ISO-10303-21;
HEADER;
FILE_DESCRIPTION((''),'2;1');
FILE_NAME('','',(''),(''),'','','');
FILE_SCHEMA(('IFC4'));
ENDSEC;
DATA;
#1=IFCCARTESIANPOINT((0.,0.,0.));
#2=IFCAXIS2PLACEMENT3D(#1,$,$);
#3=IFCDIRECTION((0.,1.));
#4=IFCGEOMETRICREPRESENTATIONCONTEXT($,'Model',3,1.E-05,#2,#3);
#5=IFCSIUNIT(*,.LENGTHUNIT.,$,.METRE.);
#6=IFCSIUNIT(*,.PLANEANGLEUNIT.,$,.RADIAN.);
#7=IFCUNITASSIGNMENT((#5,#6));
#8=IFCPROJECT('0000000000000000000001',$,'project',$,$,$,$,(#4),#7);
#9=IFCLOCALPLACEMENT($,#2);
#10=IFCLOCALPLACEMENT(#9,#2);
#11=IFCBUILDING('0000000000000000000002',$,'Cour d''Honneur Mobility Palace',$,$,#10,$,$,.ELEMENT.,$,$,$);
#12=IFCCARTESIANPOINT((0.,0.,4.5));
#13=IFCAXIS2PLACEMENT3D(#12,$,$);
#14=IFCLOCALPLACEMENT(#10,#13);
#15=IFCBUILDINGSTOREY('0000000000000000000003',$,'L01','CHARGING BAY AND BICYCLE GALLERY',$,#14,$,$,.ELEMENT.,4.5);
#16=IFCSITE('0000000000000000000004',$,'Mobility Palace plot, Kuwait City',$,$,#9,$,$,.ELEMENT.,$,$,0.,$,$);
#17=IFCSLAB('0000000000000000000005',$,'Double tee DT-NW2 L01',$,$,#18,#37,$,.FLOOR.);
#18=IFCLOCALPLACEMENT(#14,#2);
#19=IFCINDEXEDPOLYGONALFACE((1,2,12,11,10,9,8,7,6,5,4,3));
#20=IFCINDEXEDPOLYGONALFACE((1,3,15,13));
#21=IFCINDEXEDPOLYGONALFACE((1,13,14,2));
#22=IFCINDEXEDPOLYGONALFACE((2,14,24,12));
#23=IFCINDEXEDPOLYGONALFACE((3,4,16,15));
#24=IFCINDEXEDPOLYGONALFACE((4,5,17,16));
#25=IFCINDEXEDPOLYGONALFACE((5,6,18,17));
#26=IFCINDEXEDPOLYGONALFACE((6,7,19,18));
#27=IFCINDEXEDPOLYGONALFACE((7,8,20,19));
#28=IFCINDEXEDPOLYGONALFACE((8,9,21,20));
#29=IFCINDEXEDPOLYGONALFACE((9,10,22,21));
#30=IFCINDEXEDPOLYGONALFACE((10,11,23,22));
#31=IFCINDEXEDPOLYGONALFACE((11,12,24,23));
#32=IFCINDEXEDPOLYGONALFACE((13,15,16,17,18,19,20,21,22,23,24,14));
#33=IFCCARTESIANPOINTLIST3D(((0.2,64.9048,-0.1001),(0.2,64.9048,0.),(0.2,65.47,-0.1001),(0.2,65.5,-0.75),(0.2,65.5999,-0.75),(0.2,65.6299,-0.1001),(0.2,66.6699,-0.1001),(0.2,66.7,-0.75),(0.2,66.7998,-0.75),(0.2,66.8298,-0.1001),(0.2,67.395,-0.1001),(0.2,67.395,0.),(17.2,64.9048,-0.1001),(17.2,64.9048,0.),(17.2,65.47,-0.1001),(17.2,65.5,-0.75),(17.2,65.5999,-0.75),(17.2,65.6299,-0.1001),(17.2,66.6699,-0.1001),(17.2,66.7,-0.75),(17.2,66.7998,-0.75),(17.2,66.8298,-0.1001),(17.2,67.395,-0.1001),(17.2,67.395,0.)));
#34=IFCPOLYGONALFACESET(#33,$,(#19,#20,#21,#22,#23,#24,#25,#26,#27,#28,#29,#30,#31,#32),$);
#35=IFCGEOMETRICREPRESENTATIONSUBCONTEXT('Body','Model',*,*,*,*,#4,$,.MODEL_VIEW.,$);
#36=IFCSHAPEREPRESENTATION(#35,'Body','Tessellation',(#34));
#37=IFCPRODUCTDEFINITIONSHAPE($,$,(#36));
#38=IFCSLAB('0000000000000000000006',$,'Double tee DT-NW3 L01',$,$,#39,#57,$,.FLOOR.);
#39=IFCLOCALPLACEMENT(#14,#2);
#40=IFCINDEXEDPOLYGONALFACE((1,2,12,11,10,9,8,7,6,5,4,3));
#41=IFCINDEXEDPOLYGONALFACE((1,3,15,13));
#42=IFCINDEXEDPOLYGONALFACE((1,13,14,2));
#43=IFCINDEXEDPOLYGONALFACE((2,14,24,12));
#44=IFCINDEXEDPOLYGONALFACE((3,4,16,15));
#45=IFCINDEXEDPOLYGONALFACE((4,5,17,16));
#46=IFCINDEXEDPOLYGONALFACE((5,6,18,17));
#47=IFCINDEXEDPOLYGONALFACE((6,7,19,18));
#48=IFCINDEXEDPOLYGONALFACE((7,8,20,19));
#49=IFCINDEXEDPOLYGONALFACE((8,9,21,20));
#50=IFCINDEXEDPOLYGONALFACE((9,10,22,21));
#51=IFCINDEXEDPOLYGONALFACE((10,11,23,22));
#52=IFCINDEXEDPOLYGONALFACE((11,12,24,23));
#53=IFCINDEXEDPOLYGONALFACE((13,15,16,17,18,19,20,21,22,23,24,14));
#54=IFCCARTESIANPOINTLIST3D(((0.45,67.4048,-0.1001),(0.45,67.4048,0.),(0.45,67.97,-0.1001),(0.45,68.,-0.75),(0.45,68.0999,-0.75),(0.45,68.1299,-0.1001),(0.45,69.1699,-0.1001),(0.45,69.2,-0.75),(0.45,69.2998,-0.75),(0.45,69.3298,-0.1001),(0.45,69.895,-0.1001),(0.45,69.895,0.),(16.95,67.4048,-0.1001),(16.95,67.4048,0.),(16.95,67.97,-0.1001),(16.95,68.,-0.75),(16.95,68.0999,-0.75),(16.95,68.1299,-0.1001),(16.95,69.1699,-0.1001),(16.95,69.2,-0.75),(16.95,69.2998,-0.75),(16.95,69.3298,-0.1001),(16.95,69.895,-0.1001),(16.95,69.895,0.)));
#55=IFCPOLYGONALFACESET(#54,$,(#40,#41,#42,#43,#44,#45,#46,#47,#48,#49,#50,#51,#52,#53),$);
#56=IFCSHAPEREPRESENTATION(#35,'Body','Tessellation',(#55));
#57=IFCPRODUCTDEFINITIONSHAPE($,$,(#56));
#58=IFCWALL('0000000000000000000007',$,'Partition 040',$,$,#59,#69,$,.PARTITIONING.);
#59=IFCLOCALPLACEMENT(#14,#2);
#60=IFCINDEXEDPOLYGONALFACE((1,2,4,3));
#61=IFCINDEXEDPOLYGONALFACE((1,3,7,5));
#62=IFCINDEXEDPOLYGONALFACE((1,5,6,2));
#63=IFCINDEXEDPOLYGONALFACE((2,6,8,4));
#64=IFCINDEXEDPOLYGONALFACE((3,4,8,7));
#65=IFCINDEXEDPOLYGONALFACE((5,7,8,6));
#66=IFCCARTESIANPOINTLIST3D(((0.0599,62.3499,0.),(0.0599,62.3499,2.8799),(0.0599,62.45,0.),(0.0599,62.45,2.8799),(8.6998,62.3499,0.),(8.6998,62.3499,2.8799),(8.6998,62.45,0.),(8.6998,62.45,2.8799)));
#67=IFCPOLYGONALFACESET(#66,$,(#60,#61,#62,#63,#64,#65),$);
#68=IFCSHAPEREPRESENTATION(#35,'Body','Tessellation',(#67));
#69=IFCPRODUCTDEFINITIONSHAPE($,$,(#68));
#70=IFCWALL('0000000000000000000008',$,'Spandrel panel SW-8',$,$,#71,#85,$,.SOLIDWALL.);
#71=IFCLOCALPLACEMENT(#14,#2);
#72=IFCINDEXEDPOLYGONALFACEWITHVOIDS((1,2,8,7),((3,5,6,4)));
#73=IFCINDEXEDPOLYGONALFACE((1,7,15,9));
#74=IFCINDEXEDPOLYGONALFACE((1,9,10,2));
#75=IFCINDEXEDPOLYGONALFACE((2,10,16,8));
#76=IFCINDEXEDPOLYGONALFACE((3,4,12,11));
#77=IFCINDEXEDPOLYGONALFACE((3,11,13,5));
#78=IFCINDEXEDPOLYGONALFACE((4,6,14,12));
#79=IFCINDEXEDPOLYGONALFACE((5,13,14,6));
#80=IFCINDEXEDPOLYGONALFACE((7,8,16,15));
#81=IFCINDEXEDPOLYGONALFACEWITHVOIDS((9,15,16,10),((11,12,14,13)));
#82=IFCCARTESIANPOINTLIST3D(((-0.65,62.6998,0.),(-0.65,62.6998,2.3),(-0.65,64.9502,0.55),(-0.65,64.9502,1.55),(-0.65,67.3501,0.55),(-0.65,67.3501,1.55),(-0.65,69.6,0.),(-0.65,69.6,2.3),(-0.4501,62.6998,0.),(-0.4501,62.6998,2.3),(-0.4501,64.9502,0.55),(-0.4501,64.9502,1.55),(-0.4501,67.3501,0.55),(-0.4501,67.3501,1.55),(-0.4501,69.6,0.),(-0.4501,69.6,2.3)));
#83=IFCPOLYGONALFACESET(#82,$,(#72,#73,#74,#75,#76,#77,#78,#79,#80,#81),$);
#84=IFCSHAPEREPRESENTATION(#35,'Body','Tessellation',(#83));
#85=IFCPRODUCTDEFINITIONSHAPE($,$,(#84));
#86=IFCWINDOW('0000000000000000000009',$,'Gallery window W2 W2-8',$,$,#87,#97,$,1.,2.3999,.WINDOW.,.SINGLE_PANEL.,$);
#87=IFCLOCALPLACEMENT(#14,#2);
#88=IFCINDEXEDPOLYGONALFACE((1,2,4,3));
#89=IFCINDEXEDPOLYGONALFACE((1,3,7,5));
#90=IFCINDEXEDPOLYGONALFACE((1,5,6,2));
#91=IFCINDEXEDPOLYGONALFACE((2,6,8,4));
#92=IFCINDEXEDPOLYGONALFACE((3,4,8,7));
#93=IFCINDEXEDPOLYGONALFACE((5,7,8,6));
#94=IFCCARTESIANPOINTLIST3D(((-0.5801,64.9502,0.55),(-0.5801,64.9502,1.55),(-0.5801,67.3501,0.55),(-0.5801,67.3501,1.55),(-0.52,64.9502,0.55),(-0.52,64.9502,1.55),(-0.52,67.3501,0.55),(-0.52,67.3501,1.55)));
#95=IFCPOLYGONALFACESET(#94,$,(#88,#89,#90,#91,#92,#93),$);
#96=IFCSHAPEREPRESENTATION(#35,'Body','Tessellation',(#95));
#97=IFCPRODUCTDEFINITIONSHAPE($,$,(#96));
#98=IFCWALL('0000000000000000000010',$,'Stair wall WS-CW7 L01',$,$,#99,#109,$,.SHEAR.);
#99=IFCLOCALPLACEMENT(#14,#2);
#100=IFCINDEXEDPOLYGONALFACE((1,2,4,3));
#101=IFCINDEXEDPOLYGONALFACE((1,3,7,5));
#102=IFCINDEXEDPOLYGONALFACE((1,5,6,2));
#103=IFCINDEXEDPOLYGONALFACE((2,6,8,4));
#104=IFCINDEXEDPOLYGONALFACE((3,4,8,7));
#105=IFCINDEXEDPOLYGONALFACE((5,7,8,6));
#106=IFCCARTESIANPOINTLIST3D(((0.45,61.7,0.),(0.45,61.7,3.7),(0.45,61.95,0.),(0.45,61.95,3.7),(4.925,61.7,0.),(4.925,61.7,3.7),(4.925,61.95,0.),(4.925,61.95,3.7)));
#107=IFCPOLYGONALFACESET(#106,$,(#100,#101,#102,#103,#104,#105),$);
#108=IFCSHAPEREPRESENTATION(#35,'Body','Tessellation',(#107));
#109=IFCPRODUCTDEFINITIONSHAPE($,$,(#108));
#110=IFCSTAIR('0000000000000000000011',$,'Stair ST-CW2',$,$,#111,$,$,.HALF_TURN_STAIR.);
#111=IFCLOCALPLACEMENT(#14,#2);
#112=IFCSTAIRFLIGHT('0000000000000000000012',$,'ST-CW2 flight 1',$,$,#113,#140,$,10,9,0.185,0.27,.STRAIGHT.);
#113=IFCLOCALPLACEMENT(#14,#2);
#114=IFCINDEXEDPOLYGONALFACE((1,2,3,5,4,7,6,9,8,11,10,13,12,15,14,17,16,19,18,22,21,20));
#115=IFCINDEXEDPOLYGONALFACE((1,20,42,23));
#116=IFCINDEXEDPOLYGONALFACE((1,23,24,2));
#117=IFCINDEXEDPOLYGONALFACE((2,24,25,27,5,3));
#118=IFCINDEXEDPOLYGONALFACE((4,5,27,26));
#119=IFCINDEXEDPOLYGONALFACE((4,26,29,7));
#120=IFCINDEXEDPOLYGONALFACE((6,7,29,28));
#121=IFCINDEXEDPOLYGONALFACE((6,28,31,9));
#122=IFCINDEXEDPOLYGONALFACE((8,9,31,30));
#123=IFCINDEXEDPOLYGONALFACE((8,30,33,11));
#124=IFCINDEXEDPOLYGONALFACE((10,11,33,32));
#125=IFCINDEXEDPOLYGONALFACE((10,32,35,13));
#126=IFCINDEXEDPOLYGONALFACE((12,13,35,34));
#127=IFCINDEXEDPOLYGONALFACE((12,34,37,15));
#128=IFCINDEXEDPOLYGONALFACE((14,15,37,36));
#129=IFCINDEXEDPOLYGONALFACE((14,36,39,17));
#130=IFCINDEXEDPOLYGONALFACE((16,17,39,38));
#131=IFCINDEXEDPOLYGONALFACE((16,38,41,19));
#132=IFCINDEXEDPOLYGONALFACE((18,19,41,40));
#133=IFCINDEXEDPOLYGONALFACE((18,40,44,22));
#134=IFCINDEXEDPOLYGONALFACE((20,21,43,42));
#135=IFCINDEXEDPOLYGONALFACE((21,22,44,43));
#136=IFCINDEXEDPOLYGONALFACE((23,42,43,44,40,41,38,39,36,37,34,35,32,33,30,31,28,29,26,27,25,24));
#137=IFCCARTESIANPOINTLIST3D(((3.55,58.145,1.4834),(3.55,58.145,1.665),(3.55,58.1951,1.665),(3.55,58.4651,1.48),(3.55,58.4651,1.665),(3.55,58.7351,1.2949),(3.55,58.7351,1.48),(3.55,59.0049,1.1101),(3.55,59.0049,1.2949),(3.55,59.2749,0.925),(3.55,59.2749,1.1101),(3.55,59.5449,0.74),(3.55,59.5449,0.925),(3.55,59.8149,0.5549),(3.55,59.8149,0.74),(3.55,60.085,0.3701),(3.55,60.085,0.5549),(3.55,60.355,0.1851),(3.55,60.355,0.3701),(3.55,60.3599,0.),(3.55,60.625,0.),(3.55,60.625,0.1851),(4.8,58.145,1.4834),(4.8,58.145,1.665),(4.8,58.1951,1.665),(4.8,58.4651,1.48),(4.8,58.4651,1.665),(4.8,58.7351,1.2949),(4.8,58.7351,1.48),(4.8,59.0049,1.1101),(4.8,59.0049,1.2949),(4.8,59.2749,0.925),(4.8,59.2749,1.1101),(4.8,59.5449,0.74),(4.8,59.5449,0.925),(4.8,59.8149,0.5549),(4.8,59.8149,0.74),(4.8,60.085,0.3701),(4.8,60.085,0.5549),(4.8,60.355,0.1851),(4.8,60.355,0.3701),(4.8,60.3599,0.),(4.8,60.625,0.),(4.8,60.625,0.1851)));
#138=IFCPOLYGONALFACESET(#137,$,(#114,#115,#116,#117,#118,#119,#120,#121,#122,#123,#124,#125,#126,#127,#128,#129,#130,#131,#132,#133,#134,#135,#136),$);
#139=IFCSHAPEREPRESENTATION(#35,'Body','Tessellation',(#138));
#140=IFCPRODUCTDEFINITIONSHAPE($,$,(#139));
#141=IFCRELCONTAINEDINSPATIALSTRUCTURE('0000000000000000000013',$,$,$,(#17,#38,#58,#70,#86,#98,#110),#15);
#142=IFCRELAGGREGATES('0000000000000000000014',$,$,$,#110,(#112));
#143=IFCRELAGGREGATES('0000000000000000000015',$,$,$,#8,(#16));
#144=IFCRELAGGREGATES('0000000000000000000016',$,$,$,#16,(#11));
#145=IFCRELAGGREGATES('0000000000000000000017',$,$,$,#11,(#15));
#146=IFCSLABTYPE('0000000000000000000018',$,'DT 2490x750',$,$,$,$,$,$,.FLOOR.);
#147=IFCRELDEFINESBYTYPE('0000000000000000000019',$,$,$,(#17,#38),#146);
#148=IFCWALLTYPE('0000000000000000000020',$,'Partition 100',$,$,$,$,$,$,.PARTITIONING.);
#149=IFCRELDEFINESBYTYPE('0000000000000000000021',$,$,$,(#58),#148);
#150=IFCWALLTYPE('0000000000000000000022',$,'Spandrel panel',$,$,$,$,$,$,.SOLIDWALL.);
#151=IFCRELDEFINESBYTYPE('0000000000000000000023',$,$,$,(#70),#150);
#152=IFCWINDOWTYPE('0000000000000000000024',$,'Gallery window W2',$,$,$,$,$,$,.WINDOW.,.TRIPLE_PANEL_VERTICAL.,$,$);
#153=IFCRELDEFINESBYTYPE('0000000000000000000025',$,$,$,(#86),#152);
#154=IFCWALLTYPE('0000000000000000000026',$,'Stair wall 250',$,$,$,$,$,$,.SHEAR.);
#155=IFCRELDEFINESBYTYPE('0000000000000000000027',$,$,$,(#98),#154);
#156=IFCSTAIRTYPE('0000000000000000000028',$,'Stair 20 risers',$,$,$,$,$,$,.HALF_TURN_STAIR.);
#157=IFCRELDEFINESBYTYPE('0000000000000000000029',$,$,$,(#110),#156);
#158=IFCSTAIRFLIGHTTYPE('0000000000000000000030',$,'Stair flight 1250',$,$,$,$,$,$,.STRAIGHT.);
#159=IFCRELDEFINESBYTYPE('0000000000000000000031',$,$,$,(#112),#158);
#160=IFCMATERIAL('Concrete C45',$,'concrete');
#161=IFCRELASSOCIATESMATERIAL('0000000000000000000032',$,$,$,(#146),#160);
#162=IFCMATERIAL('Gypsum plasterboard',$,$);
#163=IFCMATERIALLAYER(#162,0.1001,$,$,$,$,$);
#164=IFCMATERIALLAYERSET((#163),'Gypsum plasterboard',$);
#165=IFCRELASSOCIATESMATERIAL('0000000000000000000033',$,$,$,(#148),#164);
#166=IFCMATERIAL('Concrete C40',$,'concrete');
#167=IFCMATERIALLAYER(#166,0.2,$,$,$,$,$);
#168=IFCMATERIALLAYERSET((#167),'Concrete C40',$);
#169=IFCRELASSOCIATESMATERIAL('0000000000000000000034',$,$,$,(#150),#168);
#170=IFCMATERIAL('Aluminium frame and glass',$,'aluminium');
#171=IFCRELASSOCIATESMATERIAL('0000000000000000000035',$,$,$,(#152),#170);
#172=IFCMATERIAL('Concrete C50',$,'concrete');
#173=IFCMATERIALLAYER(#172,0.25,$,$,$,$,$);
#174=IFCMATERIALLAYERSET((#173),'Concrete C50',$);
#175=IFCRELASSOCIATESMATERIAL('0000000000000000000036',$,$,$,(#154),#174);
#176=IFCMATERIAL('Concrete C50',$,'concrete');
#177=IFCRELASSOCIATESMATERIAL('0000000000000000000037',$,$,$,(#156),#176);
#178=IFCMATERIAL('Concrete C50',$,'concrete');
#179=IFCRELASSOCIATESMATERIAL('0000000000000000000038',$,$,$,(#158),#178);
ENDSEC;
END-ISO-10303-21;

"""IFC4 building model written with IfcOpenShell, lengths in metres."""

from ifc_helpers import new_model, si_unit, direction, frame, frame_2d, origin, place, context, subcontext, project, spatial, polyline, rectangle, outline, extrude, material, layer, layer_set, material_profile, profile_set, type_object, element, fill, aggregate, save


model = new_model("IFC4")

# Units and contexts
model_context = context("Model", 3, precision=1e-05, world=origin(), true_north=direction((0.0, 1.0)))
body_context = subcontext(model_context, "Body", "Model", "MODEL_VIEW")
ifc_project = project(units=[si_unit("LENGTHUNIT", "METRE"), si_unit("PLANEANGLEUNIT", "RADIAN")], contexts=[model_context])

# Site, building, storey
site_placement = place(None, origin())
site = spatial("IfcSite", under=ifc_project, at=site_placement, Name="Mobility Palace plot, Kuwait City", CompositionType="ELEMENT", RefElevation=0.0)
building_placement = place(site_placement, origin())
building = spatial("IfcBuilding", under=site, at=building_placement, Name="Cour d'Honneur Mobility Palace", CompositionType="ELEMENT")
storey_placement = place(building_placement, frame((0.0, 0.0, 4.5)))
storey = spatial("IfcBuildingStorey", under=building, at=storey_placement, Name="L01", Description="CHARGING BAY AND BICYCLE GALLERY", CompositionType="ELEMENT", Elevation=4.5)

# Slabs
ifc_material_1 = material(Name="Concrete C45", Category="concrete")
ifc_material_profile_1 = material_profile(ifc_material_1, outline(polyline([(-1.2451, 0.0), (1.2451, 0.0), (1.2451, -0.1001), (0.6799, -0.1001), (0.6499, -0.75), (0.55, -0.75), (0.52, -0.1001), (-0.52, -0.1001), (-0.55, -0.75), (-0.6499, -0.75), (-0.6799, -0.1001), (-1.2451, -0.1001), (-1.2451, 0.0)])), Name="DT 2490x750")
ifc_profile_set_1 = profile_set([ifc_material_profile_1], Name="Concrete C45")
slab_type = type_object("IfcSlabType", Name="DT 2490x750", PredefinedType="FLOOR", material=ifc_profile_set_1)
slab_1_placement = place(storey_placement, frame((0.2, 66.1499, 0.0), z_axis=(1.0, 0.0, 0.0), x_axis=(0.0, 1.0, 0.0)))
element("IfcSlab", 1, at=slab_1_placement, inside=storey, type_object=slab_type, Name="Double tee DT-NW2 L01", PredefinedType="FLOOR", context=body_context, shape_type="SweptSolid", body=[
    extrude(outline(polyline([(-1.2451, 0.0), (1.2451, 0.0), (1.2451, -0.1001), (0.6799, -0.1001), (0.6499, -0.75), (0.55, -0.75), (0.52, -0.1001), (-0.52, -0.1001), (-0.55, -0.75), (-0.6499, -0.75), (-0.6799, -0.1001), (-1.2451, -0.1001), (-1.2451, 0.0)])), origin(), (0.0, 0.0, 1.0), 17.0),
])
slab_2_placement = place(storey_placement, frame((0.45, 68.6499, 0.0), z_axis=(1.0, 0.0, 0.0), x_axis=(0.0, 1.0, 0.0)))
element("IfcSlab", 2, at=slab_2_placement, inside=storey, type_object=slab_type, Name="Double tee DT-NW3 L01", PredefinedType="FLOOR", context=body_context, shape_type="SweptSolid", body=[
    extrude(outline(polyline([(-1.2451, 0.0), (1.2451, 0.0), (1.2451, -0.1001), (0.6799, -0.1001), (0.6499, -0.75), (0.55, -0.75), (0.52, -0.1001), (-0.52, -0.1001), (-0.55, -0.75), (-0.6499, -0.75), (-0.6799, -0.1001), (-1.2451, -0.1001), (-1.2451, 0.0)])), origin(), (0.0, 0.0, 1.0), 16.5),
])

# Wall
ifc_material_2 = material(Name="Gypsum plasterboard")
ifc_layer_1 = layer(ifc_material_2, 0.1001)
ifc_layer_set_1 = layer_set([ifc_layer_1], Name="Gypsum plasterboard")
wall_type_1 = type_object("IfcWallType", Name="Partition 100", PredefinedType="PARTITIONING", material=ifc_layer_set_1)
wall_1_placement = place(storey_placement, frame((0.0601, 62.3999, 0.0), z_axis=(0.0, 0.0, 1.0), x_axis=(1.0, 0.0, 0.0)))
element("IfcWall", 3, at=wall_1_placement, inside=storey, type_object=wall_type_1, Name="Partition 040", PredefinedType="PARTITIONING", context=body_context, shape_type="SweptSolid", body=[
    extrude(rectangle(XDim=8.6399, YDim=0.1001, at=frame_2d((4.3198, 0.0))), origin(), (0.0, 0.0, 1.0), 2.8799),
])

# Wall, opening, window
ifc_material_3 = material(Name="Concrete C40", Category="concrete")
ifc_layer_2 = layer(ifc_material_3, 0.2)
ifc_layer_set_2 = layer_set([ifc_layer_2], Name="Concrete C40")
wall_type_2 = type_object("IfcWallType", Name="Spandrel panel", PredefinedType="SOLIDWALL", material=ifc_layer_set_2)
wall_2_placement = place(storey_placement, frame((-0.55, 69.6001, 0.0), z_axis=(0.0, 0.0, 1.0), x_axis=(0.0, -1.0, 0.0)))
wall_2 = element("IfcWall", 4, at=wall_2_placement, inside=storey, type_object=wall_type_2, Name="Spandrel panel SW-8", PredefinedType="SOLIDWALL", context=body_context, shape_type="SweptSolid", body=[
    extrude(rectangle(XDim=6.9001, YDim=0.2, at=frame_2d((3.4502, 0.0))), origin(), (0.0, 0.0, 1.0), 2.3),
])
opening_placement = place(wall_2_placement, frame((2.25, 0.0, 0.55)))
opening = element("IfcOpeningElement", 5, at=opening_placement, cuts=wall_2, PredefinedType="OPENING", context=body_context, shape_type="SweptSolid", body=[
    extrude(rectangle(XDim=2.3999, YDim=1.0, at=frame_2d((1.2, 0.5))), frame((0.0, 0.1099, 0.0), z_axis=(0.0, -1.0, 0.0), x_axis=(1.0, 0.0, 0.0)), (0.0, 0.0, 1.0), 0.22),
])
ifc_material_4 = material(Name="Aluminium frame and glass", Category="aluminium")
window_type = type_object("IfcWindowType", Name="Gallery window W2", PartitioningType="TRIPLE_PANEL_VERTICAL", PredefinedType="WINDOW", material=ifc_material_4)
window_placement = place(opening_placement, origin())
window = element("IfcWindow", 6, at=window_placement, inside=storey, type_object=window_type, Name="Gallery window W2 W2-8", OverallHeight=1.0, OverallWidth=2.3999, PartitioningType="SINGLE_PANEL", PredefinedType="WINDOW", context=body_context, shape_type="SweptSolid", body=[
    extrude(rectangle(XDim=2.3999, YDim=1.0, at=frame_2d((1.2, 0.5))), frame((0.0, 0.03, 0.0), z_axis=(0.0, -1.0, 0.0), x_axis=(1.0, 0.0, 0.0)), (0.0, 0.0, 1.0), 0.0601),
])
fill(opening, window)

# Wall
ifc_material_5 = material(Name="Concrete C50", Category="concrete")
ifc_layer_3 = layer(ifc_material_5, 0.25)
ifc_layer_set_3 = layer_set([ifc_layer_3], Name="Concrete C50")
wall_type_3 = type_object("IfcWallType", Name="Stair wall 250", PredefinedType="SHEAR", material=ifc_layer_set_3)
wall_3_placement = place(storey_placement, frame((0.45, 61.825, 0.0), z_axis=(0.0, 0.0, 1.0), x_axis=(1.0, 0.0, 0.0)))
element("IfcWall", 7, at=wall_3_placement, inside=storey, type_object=wall_type_3, Name="Stair wall WS-CW7 L01", PredefinedType="SHEAR", context=body_context, shape_type="SweptSolid", body=[
    extrude(rectangle(XDim=4.4751, YDim=0.25, at=frame_2d((2.2375, 0.0))), origin(), (0.0, 0.0, 1.0), 3.7),
])

# Stair, stair flight
ifc_material_6 = material(Name="Concrete C50", Category="concrete")
stair_type = type_object("IfcStairType", Name="Stair 20 risers", PredefinedType="HALF_TURN_STAIR", material=ifc_material_6)
stair_placement = place(storey_placement, origin())
stair = element("IfcStair", 8, at=stair_placement, inside=storey, type_object=stair_type, Name="Stair ST-CW2", PredefinedType="HALF_TURN_STAIR")
ifc_material_7 = material(Name="Concrete C50", Category="concrete")
stair_flight_type = type_object("IfcStairFlightType", Name="Stair flight 1250", PredefinedType="STRAIGHT", material=ifc_material_7)
stair_flight_placement = place(storey_placement, frame((4.175, 60.625, 0.0), z_axis=(0.0, 0.0, 1.0), x_axis=(0.0, -1.0, 0.0)))
stair_flight = element("IfcStairFlight", 9, at=stair_flight_placement, type_object=stair_flight_type, Name="ST-CW2 flight 1", NumberOfRisers=10, NumberOfTreads=9, PredefinedType="STRAIGHT", RiserHeight=0.185, TreadLength=0.27, context=body_context, shape_type="SweptSolid", body=[
    extrude(outline(polyline([(0.0, 0.0), (0.0, 0.1851), (0.27, 0.1851), (0.27, 0.3701), (0.54, 0.3701), (0.54, 0.5549), (0.8101, 0.5549), (0.8101, 0.74), (1.0801, 0.74), (1.0801, 0.925), (1.3501, 0.925), (1.3501, 1.1101), (1.6201, 1.1101), (1.6201, 1.2949), (1.8899, 1.2949), (1.8899, 1.48), (2.1599, 1.48), (2.1599, 1.665), (2.4299, 1.665), (2.48, 1.665), (2.48, 1.4834), (0.2651, 0.0), (0.0, 0.0)])), frame((0.0, 0.625, 0.0), z_axis=(0.0, -1.0, 0.0), x_axis=(1.0, 0.0, 0.0)), (0.0, 0.0, 1.0), 1.25),
])
aggregate(stair, [stair_flight])

save(model, "model.ifc")
